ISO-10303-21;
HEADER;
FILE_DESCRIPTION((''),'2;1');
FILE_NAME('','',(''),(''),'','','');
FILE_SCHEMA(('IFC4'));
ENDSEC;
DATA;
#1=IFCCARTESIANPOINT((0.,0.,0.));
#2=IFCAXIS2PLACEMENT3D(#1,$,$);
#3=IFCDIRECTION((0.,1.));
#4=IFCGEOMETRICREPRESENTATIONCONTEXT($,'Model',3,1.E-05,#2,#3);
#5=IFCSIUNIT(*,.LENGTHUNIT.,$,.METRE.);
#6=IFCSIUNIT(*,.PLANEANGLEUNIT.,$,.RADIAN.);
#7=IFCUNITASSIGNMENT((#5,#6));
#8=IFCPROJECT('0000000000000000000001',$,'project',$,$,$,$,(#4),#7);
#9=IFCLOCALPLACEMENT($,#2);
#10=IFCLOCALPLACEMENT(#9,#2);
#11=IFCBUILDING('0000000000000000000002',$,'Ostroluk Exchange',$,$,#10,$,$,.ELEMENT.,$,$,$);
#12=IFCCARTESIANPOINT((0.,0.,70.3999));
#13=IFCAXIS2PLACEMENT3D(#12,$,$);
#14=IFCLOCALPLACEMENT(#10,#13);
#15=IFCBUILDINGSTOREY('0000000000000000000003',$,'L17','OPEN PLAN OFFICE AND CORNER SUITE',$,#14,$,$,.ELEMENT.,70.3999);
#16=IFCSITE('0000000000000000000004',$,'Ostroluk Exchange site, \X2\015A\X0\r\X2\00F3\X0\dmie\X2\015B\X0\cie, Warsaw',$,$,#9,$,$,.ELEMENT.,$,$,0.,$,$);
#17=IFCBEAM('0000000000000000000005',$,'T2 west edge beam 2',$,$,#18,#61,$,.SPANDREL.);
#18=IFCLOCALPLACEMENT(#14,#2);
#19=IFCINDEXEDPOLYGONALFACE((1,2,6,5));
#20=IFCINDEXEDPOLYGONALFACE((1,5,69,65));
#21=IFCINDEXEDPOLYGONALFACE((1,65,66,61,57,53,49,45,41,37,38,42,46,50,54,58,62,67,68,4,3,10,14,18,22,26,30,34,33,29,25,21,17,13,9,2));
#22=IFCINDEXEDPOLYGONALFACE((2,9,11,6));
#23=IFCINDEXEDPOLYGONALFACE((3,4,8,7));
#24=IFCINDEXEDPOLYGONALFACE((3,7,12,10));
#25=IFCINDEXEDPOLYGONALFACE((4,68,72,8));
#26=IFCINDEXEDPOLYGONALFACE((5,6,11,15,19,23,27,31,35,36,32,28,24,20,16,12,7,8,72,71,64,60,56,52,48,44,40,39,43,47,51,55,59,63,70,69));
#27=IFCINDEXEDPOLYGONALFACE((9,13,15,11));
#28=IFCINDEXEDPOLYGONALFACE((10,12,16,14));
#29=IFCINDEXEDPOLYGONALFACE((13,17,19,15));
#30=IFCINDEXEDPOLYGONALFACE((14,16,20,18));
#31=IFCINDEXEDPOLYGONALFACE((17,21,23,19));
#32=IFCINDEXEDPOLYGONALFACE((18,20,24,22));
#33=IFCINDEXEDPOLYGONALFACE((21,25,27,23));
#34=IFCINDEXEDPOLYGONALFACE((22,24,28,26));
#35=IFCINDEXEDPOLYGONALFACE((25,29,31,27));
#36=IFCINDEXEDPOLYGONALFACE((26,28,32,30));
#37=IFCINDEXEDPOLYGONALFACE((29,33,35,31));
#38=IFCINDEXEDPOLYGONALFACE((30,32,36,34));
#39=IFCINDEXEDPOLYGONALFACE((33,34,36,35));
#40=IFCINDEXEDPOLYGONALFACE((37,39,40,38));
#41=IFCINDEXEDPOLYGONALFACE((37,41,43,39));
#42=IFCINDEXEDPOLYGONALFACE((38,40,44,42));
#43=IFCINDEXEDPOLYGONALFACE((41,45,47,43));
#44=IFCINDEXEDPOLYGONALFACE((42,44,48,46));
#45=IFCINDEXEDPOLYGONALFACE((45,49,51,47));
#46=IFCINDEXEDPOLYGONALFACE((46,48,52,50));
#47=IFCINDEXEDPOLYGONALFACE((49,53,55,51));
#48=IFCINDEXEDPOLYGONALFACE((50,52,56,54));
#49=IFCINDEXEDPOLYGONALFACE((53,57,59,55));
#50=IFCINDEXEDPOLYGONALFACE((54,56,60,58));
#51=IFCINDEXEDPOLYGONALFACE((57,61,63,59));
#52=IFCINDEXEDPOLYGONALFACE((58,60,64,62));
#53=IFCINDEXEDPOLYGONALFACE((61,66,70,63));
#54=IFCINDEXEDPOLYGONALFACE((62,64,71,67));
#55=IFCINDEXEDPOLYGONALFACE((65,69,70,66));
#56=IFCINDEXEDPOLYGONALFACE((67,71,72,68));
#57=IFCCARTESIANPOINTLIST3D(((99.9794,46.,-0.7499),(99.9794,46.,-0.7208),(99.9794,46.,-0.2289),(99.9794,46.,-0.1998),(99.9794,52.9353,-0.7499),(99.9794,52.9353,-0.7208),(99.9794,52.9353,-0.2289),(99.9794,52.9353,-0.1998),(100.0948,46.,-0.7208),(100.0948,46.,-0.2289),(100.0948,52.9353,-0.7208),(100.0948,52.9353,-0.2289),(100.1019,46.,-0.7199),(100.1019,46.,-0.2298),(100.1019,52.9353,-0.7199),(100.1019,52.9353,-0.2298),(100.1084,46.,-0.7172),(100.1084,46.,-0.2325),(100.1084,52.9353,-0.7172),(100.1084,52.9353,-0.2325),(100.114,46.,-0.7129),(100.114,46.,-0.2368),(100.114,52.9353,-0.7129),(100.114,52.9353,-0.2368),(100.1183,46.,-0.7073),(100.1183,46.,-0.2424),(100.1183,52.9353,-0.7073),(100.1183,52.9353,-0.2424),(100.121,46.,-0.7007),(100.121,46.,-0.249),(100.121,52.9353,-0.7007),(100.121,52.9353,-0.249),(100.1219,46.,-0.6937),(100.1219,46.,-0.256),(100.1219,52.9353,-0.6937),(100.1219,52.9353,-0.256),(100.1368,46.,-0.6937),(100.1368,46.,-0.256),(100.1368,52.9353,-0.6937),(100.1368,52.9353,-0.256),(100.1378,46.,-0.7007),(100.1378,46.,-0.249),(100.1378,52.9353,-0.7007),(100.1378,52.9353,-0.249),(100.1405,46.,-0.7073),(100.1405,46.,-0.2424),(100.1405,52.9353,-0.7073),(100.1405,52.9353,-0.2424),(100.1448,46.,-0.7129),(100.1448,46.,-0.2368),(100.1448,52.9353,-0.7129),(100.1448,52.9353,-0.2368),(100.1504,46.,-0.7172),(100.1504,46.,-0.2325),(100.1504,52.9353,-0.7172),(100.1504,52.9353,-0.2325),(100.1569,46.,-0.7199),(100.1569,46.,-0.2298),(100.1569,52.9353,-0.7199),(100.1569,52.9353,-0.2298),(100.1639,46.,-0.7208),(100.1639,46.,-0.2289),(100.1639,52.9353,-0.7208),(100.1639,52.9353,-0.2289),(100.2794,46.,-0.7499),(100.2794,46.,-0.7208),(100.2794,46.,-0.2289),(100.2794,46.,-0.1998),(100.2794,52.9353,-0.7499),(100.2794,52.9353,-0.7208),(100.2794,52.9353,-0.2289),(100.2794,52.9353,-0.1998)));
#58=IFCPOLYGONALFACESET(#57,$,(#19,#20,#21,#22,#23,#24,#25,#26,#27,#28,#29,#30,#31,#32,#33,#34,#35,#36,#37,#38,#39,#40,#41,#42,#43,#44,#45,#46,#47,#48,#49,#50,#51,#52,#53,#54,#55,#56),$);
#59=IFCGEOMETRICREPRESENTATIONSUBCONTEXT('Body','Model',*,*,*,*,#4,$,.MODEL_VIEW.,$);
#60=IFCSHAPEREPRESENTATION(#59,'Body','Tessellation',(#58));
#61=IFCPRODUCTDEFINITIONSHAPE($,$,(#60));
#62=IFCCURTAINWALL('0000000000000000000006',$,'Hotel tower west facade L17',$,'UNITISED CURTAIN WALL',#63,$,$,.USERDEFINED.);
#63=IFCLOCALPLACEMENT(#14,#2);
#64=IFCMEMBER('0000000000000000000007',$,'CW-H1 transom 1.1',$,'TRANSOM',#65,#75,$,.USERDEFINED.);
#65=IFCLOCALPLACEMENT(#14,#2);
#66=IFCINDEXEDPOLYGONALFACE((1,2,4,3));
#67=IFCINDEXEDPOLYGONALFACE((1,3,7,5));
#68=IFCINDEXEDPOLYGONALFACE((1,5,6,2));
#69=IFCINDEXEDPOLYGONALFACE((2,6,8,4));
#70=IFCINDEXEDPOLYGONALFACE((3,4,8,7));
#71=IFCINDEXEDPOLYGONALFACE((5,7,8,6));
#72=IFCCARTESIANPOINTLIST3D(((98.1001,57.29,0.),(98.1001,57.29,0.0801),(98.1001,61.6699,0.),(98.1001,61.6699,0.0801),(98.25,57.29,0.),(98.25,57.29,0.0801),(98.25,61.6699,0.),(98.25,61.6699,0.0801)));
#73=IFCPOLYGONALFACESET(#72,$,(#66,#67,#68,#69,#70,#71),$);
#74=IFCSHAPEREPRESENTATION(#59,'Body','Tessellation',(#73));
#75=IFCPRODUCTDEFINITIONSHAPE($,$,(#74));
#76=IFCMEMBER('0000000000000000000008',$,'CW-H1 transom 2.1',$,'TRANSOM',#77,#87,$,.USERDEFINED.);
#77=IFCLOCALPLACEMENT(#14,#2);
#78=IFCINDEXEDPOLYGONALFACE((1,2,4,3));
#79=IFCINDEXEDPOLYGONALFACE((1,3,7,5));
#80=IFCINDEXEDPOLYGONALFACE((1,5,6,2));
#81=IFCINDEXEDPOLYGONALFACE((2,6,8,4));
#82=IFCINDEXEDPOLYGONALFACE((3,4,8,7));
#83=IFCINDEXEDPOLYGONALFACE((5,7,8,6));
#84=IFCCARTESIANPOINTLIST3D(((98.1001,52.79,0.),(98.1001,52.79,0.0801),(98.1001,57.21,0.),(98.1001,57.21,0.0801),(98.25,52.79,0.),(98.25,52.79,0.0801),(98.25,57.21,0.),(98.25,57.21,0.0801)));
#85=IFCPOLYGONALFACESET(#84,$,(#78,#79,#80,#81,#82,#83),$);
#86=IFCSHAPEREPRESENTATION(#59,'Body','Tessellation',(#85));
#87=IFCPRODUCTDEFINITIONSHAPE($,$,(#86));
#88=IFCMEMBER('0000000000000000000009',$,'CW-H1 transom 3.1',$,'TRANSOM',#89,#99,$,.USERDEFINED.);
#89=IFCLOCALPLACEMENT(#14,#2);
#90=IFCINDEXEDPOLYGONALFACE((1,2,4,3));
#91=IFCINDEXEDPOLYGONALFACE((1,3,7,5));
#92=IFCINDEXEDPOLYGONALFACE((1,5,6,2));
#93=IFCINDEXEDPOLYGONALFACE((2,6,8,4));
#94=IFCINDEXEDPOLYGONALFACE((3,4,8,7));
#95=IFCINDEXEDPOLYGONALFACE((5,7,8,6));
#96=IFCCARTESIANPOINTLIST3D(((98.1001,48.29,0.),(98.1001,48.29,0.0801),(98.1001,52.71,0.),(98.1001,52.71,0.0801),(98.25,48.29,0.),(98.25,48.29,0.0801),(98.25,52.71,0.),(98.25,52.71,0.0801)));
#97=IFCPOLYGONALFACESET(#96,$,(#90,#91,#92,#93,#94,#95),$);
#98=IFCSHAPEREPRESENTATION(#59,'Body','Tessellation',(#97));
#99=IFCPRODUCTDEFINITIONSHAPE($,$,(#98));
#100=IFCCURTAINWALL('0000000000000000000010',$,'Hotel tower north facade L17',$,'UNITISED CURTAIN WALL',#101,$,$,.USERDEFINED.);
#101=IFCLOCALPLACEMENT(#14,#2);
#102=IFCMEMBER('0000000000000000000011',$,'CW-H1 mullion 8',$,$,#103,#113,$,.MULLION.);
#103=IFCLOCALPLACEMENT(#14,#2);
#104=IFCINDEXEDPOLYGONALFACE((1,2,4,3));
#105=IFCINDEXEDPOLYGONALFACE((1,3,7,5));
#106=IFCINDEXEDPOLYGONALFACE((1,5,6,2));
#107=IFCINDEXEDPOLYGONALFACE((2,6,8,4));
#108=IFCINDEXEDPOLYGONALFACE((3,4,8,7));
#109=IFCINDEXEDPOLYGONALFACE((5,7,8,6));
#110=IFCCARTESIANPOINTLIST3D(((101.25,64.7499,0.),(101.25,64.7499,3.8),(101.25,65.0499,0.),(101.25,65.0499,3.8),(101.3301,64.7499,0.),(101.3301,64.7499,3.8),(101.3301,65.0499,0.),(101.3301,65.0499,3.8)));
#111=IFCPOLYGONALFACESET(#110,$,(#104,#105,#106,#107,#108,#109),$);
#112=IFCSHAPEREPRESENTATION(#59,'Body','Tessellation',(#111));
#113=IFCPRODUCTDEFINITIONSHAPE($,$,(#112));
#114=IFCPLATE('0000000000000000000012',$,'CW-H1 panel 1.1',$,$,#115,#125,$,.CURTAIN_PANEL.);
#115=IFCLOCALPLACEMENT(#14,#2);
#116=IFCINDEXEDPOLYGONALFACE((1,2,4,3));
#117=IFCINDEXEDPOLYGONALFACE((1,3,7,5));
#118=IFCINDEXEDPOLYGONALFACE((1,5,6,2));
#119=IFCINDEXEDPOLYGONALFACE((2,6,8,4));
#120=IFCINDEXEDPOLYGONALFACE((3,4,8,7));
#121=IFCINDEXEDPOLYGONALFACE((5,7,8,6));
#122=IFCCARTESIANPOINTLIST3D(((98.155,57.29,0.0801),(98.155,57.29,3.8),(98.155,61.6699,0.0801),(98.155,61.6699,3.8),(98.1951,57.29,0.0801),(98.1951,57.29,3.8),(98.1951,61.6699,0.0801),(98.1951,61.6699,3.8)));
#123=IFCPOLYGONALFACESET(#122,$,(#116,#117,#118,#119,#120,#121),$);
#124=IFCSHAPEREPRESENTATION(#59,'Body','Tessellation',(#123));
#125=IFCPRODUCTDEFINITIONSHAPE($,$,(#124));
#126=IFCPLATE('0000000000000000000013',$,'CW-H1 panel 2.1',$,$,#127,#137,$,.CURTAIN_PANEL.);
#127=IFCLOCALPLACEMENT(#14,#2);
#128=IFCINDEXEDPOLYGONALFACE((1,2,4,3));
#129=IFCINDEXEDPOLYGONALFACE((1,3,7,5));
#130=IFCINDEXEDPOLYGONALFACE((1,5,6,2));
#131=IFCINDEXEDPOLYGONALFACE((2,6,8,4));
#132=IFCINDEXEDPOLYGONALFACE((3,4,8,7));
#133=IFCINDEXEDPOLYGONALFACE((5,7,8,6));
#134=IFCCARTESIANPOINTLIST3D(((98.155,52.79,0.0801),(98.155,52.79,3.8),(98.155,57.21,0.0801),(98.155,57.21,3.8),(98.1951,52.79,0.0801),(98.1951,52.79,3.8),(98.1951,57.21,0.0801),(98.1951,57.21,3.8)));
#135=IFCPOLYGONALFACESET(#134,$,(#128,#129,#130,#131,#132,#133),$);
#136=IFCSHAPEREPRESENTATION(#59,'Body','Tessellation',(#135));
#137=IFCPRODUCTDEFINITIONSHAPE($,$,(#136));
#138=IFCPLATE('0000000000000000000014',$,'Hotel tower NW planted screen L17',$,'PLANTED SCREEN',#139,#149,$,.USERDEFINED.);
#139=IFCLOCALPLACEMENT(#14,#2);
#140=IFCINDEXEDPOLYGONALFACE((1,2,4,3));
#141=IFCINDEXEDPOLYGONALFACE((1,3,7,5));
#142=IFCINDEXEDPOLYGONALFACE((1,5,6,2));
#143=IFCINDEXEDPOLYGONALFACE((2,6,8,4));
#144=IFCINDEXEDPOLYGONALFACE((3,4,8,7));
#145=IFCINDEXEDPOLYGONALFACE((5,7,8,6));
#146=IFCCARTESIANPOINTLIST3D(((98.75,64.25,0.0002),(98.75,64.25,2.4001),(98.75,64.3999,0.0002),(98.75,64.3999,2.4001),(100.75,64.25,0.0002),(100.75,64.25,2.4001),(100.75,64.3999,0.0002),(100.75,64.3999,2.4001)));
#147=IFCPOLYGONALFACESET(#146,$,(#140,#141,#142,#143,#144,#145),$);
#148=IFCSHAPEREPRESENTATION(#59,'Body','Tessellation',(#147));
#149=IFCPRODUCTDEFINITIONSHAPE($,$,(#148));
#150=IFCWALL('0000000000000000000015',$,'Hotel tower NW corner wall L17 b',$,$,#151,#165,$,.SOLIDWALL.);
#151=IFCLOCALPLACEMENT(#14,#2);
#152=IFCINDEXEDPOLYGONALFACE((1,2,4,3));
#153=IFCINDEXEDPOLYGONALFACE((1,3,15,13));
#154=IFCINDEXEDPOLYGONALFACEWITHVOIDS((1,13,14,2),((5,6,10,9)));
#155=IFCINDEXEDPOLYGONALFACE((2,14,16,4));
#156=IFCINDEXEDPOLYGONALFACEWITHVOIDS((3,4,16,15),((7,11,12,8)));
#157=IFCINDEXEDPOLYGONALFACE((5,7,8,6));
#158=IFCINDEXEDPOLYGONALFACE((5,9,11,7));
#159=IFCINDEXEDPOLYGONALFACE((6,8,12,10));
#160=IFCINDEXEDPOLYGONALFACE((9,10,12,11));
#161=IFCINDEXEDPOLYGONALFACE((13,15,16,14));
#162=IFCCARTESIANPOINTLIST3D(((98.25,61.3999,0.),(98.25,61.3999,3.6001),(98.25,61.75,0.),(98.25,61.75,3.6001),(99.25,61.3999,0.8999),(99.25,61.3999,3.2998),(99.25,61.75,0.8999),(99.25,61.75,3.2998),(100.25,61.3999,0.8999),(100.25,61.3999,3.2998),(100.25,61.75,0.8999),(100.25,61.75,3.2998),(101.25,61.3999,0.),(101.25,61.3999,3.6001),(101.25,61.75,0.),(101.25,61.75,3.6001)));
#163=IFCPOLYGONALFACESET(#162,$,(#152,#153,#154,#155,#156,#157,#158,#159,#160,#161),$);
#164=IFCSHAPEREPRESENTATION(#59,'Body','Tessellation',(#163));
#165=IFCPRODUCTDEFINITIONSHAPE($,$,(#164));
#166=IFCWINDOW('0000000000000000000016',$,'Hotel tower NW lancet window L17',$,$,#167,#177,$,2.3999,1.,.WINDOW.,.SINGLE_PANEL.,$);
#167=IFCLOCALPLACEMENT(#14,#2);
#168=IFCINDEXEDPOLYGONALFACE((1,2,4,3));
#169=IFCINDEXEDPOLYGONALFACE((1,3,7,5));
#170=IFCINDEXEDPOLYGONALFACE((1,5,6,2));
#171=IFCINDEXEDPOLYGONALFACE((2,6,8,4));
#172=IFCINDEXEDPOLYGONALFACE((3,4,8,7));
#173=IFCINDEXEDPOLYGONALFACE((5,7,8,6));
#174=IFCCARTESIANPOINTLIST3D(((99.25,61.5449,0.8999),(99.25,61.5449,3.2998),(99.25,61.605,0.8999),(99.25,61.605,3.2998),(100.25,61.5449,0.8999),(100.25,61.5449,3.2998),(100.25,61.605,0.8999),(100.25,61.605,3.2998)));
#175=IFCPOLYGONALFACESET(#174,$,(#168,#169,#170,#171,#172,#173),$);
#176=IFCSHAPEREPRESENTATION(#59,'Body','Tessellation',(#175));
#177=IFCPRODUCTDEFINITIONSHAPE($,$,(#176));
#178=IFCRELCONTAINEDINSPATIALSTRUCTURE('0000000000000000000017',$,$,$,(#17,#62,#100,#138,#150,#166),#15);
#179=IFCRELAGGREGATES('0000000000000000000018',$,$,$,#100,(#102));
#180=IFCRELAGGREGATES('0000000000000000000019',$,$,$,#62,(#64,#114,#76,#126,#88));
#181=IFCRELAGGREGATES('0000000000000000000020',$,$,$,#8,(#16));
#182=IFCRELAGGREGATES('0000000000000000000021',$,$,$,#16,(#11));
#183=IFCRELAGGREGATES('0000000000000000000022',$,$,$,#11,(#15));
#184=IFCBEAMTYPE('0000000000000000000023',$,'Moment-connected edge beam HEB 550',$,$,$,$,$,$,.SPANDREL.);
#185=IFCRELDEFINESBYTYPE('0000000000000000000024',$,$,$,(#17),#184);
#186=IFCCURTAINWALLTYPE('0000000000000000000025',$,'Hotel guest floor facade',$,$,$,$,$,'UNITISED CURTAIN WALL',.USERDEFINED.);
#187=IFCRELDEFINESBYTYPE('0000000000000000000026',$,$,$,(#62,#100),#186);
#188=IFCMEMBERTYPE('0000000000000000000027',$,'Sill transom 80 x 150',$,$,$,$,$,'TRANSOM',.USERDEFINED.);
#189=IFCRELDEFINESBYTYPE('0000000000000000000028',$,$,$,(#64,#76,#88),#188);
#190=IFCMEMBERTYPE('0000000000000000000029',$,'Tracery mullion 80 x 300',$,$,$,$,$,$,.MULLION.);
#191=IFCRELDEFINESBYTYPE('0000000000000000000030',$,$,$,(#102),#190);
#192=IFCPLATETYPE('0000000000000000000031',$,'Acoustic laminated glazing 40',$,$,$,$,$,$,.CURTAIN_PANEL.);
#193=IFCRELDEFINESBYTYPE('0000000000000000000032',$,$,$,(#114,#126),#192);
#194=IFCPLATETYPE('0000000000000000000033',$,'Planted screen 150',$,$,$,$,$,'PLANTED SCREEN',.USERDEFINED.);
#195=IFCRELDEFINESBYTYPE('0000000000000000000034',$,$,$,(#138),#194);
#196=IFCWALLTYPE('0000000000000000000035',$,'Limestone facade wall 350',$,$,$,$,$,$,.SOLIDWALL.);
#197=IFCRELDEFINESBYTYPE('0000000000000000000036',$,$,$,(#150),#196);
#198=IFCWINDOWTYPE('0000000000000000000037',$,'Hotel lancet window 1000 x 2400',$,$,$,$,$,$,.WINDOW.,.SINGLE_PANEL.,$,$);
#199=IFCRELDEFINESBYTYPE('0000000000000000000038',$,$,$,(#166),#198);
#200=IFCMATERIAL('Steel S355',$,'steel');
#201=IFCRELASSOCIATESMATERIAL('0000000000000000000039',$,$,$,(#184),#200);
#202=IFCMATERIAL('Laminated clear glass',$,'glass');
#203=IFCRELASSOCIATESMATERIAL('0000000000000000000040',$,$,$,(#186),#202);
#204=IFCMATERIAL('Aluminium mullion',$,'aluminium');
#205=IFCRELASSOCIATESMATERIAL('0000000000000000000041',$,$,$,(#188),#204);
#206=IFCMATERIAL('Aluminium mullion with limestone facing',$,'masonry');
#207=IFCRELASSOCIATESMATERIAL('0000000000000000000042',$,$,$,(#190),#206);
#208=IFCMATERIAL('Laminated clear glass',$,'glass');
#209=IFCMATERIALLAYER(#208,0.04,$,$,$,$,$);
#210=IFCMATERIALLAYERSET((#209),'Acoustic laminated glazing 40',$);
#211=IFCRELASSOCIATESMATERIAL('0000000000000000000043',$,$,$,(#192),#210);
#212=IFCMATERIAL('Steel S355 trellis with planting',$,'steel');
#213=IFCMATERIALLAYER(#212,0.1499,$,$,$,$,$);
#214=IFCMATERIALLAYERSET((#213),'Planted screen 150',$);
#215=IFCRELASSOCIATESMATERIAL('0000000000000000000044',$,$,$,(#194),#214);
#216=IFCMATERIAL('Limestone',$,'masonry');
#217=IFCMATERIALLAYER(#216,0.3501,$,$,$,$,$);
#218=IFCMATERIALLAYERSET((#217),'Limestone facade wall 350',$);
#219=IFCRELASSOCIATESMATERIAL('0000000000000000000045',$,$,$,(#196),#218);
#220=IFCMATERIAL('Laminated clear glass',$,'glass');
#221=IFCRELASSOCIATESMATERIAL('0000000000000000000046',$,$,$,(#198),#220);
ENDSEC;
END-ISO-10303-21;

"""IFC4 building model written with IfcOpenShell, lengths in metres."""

from ifc_helpers import new_model, si_unit, direction, frame, frame_2d, origin, origin_2d, place, context, subcontext, project, spatial, rectangle, i_section, extrude, material, layer, layer_set, material_profile, profile_set, type_object, element, fill, aggregate, save


model = new_model("IFC4")

# Units and contexts
model_context = context("Model", 3, precision=1e-05, world=origin(), true_north=direction((0.0, 1.0)))
body_context = subcontext(model_context, "Body", "Model", "MODEL_VIEW")
ifc_project = project(units=[si_unit("LENGTHUNIT", "METRE"), si_unit("PLANEANGLEUNIT", "RADIAN")], contexts=[model_context])

# Site, building, storey
site_placement = place(None, origin())
site = spatial("IfcSite", under=ifc_project, at=site_placement, Name="Ostroluk Exchange site, Śródmieście, Warsaw", CompositionType="ELEMENT", RefElevation=0.0)
building_placement = place(site_placement, origin())
building = spatial("IfcBuilding", under=site, at=building_placement, Name="Ostroluk Exchange", CompositionType="ELEMENT")
storey_placement = place(building_placement, frame((0.0, 0.0, 70.3999)))
storey = spatial("IfcBuildingStorey", under=building, at=storey_placement, Name="L17", Description="OPEN PLAN OFFICE AND CORNER SUITE", CompositionType="ELEMENT", Elevation=70.3999)

# Beam
ifc_material_1 = material(Name="Steel S355", Category="steel")
ifc_material_profile_1 = material_profile(ifc_material_1, i_section(OverallWidth=0.3, OverallDepth=0.55, WebThickness=0.0149, FlangeThickness=0.0291, FilletRadius=0.0271, at=origin_2d()), Name="HEB 550")
ifc_profile_set_1 = profile_set([ifc_material_profile_1], Name="Steel S355")
beam_type_1 = type_object("IfcBeamType", Name="Moment-connected edge beam HEB 550", PredefinedType="SPANDREL", material=ifc_profile_set_1)
for number, where, z_axis, x_axis, name in (
    (1, (100.1294, 52.9353, -0.4749), (0.0, -1.0, 0.0), (1.0, 0.0, 0.0), "T2 west edge beam 2"),
):
    element("IfcBeam", number, at=place(storey_placement, frame(where, z_axis=z_axis, x_axis=x_axis)), inside=storey, type_object=beam_type_1, Name=name, PredefinedType="SPANDREL", context=body_context, shape_type="SweptSolid", body=[
        extrude(i_section(OverallWidth=0.3, OverallDepth=0.55, WebThickness=0.0149, FlangeThickness=0.0291, FilletRadius=0.0271, at=origin_2d()), origin(), (0.0, 0.0, 1.0), 6.9353),
    ])

# Curtain wall, members
ifc_material_2 = material(Name="Laminated clear glass", Category="glass")
curtain_wall_type = type_object("IfcCurtainWallType", Name="Hotel guest floor facade", ElementType="UNITISED CURTAIN WALL", PredefinedType="USERDEFINED", material=ifc_material_2)
curtain_wall_1_placement = place(storey_placement, origin())
curtain_wall_1 = element("IfcCurtainWall", 2, at=curtain_wall_1_placement, inside=storey, type_object=curtain_wall_type, Name="Hotel tower west facade L17", ObjectType="UNITISED CURTAIN WALL", PredefinedType="USERDEFINED")
ifc_material_3 = material(Name="Aluminium mullion", Category="aluminium")
ifc_material_profile_2 = material_profile(ifc_material_3, rectangle(XDim=0.1499, YDim=0.0801, at=origin_2d()), Name="Sill transom 80 x 150")
ifc_profile_set_2 = profile_set([ifc_material_profile_2], Name="Aluminium mullion")
member_type_1 = type_object("IfcMemberType", Name="Sill transom 80 x 150", ElementType="TRANSOM", PredefinedType="USERDEFINED", material=ifc_profile_set_2)
member_1_placement = place(storey_placement, frame((98.175, 61.6699, 0.04), z_axis=(0.0, -1.0, 0.0), x_axis=(1.0, 0.0, 0.0)))
member_1 = element("IfcMember", 3, at=member_1_placement, type_object=member_type_1, Name="CW-H1 transom 1.1", ObjectType="TRANSOM", PredefinedType="USERDEFINED", context=body_context, shape_type="SweptSolid", body=[
    extrude(rectangle(XDim=0.1499, YDim=0.0801, at=origin_2d()), origin(), (0.0, 0.0, 1.0), 4.3799),
])
member_2_placement = place(storey_placement, frame((98.175, 57.21, 0.04), z_axis=(0.0, -1.0, 0.0), x_axis=(1.0, 0.0, 0.0)))
member_2 = element("IfcMember", 4, at=member_2_placement, type_object=member_type_1, Name="CW-H1 transom 2.1", ObjectType="TRANSOM", PredefinedType="USERDEFINED", context=body_context, shape_type="SweptSolid", body=[
    extrude(rectangle(XDim=0.1499, YDim=0.0801, at=origin_2d()), origin(), (0.0, 0.0, 1.0), 4.4199),
])
member_3_placement = place(storey_placement, frame((98.175, 52.71, 0.04), z_axis=(0.0, -1.0, 0.0), x_axis=(1.0, 0.0, 0.0)))
member_3 = element("IfcMember", 5, at=member_3_placement, type_object=member_type_1, Name="CW-H1 transom 3.1", ObjectType="TRANSOM", PredefinedType="USERDEFINED", context=body_context, shape_type="SweptSolid", body=[
    extrude(rectangle(XDim=0.1499, YDim=0.0801, at=origin_2d()), origin(), (0.0, 0.0, 1.0), 4.4199),
])

# Curtain wall, member
curtain_wall_2_placement = place(storey_placement, origin())
curtain_wall_2 = element("IfcCurtainWall", 6, at=curtain_wall_2_placement, inside=storey, type_object=curtain_wall_type, Name="Hotel tower north facade L17", ObjectType="UNITISED CURTAIN WALL", PredefinedType="USERDEFINED")
ifc_material_4 = material(Name="Aluminium mullion with limestone facing", Category="masonry")
ifc_material_profile_3 = material_profile(ifc_material_4, rectangle(XDim=0.3, YDim=0.0801, at=origin_2d()), Name="Tracery mullion 80 x 300")
ifc_profile_set_3 = profile_set([ifc_material_profile_3], Name="Aluminium mullion with limestone facing")
member_type_2 = type_object("IfcMemberType", Name="Tracery mullion 80 x 300", PredefinedType="MULLION", material=ifc_profile_set_3)
member_4_placement = place(storey_placement, frame((101.29, 64.8999, 0.0), z_axis=(0.0, 0.0, 1.0), x_axis=(0.0, -1.0, 0.0)))
member_4 = element("IfcMember", 7, at=member_4_placement, type_object=member_type_2, Name="CW-H1 mullion 8", PredefinedType="MULLION", context=body_context, shape_type="SweptSolid", body=[
    extrude(rectangle(XDim=0.3, YDim=0.0801, at=origin_2d()), origin(), (0.0, 0.0, 1.0), 3.8),
])
aggregate(curtain_wall_2, [member_4])

# Plates
ifc_material_5 = material(Name="Laminated clear glass", Category="glass")
ifc_layer_1 = layer(ifc_material_5, 0.04)
ifc_layer_set_1 = layer_set([ifc_layer_1], Name="Acoustic laminated glazing 40")
plate_type_1 = type_object("IfcPlateType", Name="Acoustic laminated glazing 40", PredefinedType="CURTAIN_PANEL", material=ifc_layer_set_1)
plate_1_placement = place(storey_placement, frame((98.175, 59.48, 0.0801), z_axis=(0.0, 0.0, 1.0), x_axis=(0.0, -1.0, 0.0)))
plate_1 = element("IfcPlate", 8, at=plate_1_placement, type_object=plate_type_1, Name="CW-H1 panel 1.1", PredefinedType="CURTAIN_PANEL", context=body_context, shape_type="SweptSolid", body=[
    extrude(rectangle(XDim=4.3799, YDim=0.04, at=origin_2d()), origin(), (0.0, 0.0, 1.0), 3.72),
])
plate_2_placement = place(storey_placement, frame((98.175, 55.0, 0.0801), z_axis=(0.0, 0.0, 1.0), x_axis=(0.0, -1.0, 0.0)))
plate_2 = element("IfcPlate", 9, at=plate_2_placement, type_object=plate_type_1, Name="CW-H1 panel 2.1", PredefinedType="CURTAIN_PANEL", context=body_context, shape_type="SweptSolid", body=[
    extrude(rectangle(XDim=4.4199, YDim=0.04, at=origin_2d()), origin(), (0.0, 0.0, 1.0), 3.72),
])
aggregate(curtain_wall_1, [member_1, plate_1, member_2, plate_2, member_3])
ifc_material_6 = material(Name="Steel S355 trellis with planting", Category="steel")
ifc_layer_2 = layer(ifc_material_6, 0.1499)
ifc_layer_set_2 = layer_set([ifc_layer_2], Name="Planted screen 150")
plate_type_2 = type_object("IfcPlateType", Name="Planted screen 150", ElementType="PLANTED SCREEN", PredefinedType="USERDEFINED", material=ifc_layer_set_2)
plate_3_placement = place(storey_placement, frame((99.75, 64.325, 0.0002), z_axis=(0.0, 0.0, 1.0), x_axis=(1.0, 0.0, 0.0)))
element("IfcPlate", 10, at=plate_3_placement, inside=storey, type_object=plate_type_2, Name="Hotel tower NW planted screen L17", ObjectType="PLANTED SCREEN", PredefinedType="USERDEFINED", context=body_context, shape_type="SweptSolid", body=[
    extrude(rectangle(XDim=2.0, YDim=0.1499, at=origin_2d()), origin(), (0.0, 0.0, 1.0), 2.3999),
])

# Shared definitions
ifc_material_7 = material(Name="Limestone", Category="masonry")
ifc_layer_3 = layer(ifc_material_7, 0.3501)
ifc_layer_set_3 = layer_set([ifc_layer_3], Name="Limestone facade wall 350")
wall_type_1 = type_object("IfcWallType", Name="Limestone facade wall 350", PredefinedType="SOLIDWALL", material=ifc_layer_set_3)

# Wall, opening, window
wall_1_placement = place(storey_placement, frame((101.25, 61.575, 0.0), z_axis=(0.0, 0.0, 1.0), x_axis=(-1.0, 0.0, 0.0)))
wall_1 = element("IfcWall", 11, at=wall_1_placement, inside=storey, type_object=wall_type_1, Name="Hotel tower NW corner wall L17 b", PredefinedType="SOLIDWALL", context=body_context, shape_type="SweptSolid", body=[
    extrude(rectangle(XDim=3.0, YDim=0.3501, at=frame_2d((1.5, 0.0))), origin(), (0.0, 0.0, 1.0), 3.6001),
])
opening_1_placement = place(wall_1_placement, frame((1.0, 0.0, 0.8999)))
opening_1 = element("IfcOpeningElement", 12, at=opening_1_placement, cuts=wall_1, PredefinedType="OPENING", context=body_context, shape_type="SweptSolid", body=[
    extrude(rectangle(XDim=1.0, YDim=2.3999, at=frame_2d((0.5, 1.2))), frame((0.0, 0.1851, 0.0), z_axis=(0.0, -1.0, 0.0), x_axis=(1.0, 0.0, 0.0)), (0.0, 0.0, 1.0), 0.3701),
])
ifc_material_8 = material(Name="Laminated clear glass", Category="glass")
window_type = type_object("IfcWindowType", Name="Hotel lancet window 1000 x 2400", PartitioningType="SINGLE_PANEL", PredefinedType="WINDOW", material=ifc_material_8)
window_placement = place(opening_1_placement, origin())
window = element("IfcWindow", 13, at=window_placement, inside=storey, type_object=window_type, Name="Hotel tower NW lancet window L17", OverallHeight=2.3999, OverallWidth=1.0, PartitioningType="SINGLE_PANEL", PredefinedType="WINDOW", context=body_context, shape_type="SweptSolid", body=[
    extrude(rectangle(XDim=1.0, YDim=2.3999, at=frame_2d((0.5, 1.2))), frame((0.0, 0.03, 0.0), z_axis=(0.0, -1.0, 0.0), x_axis=(1.0, 0.0, 0.0)), (0.0, 0.0, 1.0), 0.0601),
])
fill(opening_1, window)

save(model, "model.ifc")
